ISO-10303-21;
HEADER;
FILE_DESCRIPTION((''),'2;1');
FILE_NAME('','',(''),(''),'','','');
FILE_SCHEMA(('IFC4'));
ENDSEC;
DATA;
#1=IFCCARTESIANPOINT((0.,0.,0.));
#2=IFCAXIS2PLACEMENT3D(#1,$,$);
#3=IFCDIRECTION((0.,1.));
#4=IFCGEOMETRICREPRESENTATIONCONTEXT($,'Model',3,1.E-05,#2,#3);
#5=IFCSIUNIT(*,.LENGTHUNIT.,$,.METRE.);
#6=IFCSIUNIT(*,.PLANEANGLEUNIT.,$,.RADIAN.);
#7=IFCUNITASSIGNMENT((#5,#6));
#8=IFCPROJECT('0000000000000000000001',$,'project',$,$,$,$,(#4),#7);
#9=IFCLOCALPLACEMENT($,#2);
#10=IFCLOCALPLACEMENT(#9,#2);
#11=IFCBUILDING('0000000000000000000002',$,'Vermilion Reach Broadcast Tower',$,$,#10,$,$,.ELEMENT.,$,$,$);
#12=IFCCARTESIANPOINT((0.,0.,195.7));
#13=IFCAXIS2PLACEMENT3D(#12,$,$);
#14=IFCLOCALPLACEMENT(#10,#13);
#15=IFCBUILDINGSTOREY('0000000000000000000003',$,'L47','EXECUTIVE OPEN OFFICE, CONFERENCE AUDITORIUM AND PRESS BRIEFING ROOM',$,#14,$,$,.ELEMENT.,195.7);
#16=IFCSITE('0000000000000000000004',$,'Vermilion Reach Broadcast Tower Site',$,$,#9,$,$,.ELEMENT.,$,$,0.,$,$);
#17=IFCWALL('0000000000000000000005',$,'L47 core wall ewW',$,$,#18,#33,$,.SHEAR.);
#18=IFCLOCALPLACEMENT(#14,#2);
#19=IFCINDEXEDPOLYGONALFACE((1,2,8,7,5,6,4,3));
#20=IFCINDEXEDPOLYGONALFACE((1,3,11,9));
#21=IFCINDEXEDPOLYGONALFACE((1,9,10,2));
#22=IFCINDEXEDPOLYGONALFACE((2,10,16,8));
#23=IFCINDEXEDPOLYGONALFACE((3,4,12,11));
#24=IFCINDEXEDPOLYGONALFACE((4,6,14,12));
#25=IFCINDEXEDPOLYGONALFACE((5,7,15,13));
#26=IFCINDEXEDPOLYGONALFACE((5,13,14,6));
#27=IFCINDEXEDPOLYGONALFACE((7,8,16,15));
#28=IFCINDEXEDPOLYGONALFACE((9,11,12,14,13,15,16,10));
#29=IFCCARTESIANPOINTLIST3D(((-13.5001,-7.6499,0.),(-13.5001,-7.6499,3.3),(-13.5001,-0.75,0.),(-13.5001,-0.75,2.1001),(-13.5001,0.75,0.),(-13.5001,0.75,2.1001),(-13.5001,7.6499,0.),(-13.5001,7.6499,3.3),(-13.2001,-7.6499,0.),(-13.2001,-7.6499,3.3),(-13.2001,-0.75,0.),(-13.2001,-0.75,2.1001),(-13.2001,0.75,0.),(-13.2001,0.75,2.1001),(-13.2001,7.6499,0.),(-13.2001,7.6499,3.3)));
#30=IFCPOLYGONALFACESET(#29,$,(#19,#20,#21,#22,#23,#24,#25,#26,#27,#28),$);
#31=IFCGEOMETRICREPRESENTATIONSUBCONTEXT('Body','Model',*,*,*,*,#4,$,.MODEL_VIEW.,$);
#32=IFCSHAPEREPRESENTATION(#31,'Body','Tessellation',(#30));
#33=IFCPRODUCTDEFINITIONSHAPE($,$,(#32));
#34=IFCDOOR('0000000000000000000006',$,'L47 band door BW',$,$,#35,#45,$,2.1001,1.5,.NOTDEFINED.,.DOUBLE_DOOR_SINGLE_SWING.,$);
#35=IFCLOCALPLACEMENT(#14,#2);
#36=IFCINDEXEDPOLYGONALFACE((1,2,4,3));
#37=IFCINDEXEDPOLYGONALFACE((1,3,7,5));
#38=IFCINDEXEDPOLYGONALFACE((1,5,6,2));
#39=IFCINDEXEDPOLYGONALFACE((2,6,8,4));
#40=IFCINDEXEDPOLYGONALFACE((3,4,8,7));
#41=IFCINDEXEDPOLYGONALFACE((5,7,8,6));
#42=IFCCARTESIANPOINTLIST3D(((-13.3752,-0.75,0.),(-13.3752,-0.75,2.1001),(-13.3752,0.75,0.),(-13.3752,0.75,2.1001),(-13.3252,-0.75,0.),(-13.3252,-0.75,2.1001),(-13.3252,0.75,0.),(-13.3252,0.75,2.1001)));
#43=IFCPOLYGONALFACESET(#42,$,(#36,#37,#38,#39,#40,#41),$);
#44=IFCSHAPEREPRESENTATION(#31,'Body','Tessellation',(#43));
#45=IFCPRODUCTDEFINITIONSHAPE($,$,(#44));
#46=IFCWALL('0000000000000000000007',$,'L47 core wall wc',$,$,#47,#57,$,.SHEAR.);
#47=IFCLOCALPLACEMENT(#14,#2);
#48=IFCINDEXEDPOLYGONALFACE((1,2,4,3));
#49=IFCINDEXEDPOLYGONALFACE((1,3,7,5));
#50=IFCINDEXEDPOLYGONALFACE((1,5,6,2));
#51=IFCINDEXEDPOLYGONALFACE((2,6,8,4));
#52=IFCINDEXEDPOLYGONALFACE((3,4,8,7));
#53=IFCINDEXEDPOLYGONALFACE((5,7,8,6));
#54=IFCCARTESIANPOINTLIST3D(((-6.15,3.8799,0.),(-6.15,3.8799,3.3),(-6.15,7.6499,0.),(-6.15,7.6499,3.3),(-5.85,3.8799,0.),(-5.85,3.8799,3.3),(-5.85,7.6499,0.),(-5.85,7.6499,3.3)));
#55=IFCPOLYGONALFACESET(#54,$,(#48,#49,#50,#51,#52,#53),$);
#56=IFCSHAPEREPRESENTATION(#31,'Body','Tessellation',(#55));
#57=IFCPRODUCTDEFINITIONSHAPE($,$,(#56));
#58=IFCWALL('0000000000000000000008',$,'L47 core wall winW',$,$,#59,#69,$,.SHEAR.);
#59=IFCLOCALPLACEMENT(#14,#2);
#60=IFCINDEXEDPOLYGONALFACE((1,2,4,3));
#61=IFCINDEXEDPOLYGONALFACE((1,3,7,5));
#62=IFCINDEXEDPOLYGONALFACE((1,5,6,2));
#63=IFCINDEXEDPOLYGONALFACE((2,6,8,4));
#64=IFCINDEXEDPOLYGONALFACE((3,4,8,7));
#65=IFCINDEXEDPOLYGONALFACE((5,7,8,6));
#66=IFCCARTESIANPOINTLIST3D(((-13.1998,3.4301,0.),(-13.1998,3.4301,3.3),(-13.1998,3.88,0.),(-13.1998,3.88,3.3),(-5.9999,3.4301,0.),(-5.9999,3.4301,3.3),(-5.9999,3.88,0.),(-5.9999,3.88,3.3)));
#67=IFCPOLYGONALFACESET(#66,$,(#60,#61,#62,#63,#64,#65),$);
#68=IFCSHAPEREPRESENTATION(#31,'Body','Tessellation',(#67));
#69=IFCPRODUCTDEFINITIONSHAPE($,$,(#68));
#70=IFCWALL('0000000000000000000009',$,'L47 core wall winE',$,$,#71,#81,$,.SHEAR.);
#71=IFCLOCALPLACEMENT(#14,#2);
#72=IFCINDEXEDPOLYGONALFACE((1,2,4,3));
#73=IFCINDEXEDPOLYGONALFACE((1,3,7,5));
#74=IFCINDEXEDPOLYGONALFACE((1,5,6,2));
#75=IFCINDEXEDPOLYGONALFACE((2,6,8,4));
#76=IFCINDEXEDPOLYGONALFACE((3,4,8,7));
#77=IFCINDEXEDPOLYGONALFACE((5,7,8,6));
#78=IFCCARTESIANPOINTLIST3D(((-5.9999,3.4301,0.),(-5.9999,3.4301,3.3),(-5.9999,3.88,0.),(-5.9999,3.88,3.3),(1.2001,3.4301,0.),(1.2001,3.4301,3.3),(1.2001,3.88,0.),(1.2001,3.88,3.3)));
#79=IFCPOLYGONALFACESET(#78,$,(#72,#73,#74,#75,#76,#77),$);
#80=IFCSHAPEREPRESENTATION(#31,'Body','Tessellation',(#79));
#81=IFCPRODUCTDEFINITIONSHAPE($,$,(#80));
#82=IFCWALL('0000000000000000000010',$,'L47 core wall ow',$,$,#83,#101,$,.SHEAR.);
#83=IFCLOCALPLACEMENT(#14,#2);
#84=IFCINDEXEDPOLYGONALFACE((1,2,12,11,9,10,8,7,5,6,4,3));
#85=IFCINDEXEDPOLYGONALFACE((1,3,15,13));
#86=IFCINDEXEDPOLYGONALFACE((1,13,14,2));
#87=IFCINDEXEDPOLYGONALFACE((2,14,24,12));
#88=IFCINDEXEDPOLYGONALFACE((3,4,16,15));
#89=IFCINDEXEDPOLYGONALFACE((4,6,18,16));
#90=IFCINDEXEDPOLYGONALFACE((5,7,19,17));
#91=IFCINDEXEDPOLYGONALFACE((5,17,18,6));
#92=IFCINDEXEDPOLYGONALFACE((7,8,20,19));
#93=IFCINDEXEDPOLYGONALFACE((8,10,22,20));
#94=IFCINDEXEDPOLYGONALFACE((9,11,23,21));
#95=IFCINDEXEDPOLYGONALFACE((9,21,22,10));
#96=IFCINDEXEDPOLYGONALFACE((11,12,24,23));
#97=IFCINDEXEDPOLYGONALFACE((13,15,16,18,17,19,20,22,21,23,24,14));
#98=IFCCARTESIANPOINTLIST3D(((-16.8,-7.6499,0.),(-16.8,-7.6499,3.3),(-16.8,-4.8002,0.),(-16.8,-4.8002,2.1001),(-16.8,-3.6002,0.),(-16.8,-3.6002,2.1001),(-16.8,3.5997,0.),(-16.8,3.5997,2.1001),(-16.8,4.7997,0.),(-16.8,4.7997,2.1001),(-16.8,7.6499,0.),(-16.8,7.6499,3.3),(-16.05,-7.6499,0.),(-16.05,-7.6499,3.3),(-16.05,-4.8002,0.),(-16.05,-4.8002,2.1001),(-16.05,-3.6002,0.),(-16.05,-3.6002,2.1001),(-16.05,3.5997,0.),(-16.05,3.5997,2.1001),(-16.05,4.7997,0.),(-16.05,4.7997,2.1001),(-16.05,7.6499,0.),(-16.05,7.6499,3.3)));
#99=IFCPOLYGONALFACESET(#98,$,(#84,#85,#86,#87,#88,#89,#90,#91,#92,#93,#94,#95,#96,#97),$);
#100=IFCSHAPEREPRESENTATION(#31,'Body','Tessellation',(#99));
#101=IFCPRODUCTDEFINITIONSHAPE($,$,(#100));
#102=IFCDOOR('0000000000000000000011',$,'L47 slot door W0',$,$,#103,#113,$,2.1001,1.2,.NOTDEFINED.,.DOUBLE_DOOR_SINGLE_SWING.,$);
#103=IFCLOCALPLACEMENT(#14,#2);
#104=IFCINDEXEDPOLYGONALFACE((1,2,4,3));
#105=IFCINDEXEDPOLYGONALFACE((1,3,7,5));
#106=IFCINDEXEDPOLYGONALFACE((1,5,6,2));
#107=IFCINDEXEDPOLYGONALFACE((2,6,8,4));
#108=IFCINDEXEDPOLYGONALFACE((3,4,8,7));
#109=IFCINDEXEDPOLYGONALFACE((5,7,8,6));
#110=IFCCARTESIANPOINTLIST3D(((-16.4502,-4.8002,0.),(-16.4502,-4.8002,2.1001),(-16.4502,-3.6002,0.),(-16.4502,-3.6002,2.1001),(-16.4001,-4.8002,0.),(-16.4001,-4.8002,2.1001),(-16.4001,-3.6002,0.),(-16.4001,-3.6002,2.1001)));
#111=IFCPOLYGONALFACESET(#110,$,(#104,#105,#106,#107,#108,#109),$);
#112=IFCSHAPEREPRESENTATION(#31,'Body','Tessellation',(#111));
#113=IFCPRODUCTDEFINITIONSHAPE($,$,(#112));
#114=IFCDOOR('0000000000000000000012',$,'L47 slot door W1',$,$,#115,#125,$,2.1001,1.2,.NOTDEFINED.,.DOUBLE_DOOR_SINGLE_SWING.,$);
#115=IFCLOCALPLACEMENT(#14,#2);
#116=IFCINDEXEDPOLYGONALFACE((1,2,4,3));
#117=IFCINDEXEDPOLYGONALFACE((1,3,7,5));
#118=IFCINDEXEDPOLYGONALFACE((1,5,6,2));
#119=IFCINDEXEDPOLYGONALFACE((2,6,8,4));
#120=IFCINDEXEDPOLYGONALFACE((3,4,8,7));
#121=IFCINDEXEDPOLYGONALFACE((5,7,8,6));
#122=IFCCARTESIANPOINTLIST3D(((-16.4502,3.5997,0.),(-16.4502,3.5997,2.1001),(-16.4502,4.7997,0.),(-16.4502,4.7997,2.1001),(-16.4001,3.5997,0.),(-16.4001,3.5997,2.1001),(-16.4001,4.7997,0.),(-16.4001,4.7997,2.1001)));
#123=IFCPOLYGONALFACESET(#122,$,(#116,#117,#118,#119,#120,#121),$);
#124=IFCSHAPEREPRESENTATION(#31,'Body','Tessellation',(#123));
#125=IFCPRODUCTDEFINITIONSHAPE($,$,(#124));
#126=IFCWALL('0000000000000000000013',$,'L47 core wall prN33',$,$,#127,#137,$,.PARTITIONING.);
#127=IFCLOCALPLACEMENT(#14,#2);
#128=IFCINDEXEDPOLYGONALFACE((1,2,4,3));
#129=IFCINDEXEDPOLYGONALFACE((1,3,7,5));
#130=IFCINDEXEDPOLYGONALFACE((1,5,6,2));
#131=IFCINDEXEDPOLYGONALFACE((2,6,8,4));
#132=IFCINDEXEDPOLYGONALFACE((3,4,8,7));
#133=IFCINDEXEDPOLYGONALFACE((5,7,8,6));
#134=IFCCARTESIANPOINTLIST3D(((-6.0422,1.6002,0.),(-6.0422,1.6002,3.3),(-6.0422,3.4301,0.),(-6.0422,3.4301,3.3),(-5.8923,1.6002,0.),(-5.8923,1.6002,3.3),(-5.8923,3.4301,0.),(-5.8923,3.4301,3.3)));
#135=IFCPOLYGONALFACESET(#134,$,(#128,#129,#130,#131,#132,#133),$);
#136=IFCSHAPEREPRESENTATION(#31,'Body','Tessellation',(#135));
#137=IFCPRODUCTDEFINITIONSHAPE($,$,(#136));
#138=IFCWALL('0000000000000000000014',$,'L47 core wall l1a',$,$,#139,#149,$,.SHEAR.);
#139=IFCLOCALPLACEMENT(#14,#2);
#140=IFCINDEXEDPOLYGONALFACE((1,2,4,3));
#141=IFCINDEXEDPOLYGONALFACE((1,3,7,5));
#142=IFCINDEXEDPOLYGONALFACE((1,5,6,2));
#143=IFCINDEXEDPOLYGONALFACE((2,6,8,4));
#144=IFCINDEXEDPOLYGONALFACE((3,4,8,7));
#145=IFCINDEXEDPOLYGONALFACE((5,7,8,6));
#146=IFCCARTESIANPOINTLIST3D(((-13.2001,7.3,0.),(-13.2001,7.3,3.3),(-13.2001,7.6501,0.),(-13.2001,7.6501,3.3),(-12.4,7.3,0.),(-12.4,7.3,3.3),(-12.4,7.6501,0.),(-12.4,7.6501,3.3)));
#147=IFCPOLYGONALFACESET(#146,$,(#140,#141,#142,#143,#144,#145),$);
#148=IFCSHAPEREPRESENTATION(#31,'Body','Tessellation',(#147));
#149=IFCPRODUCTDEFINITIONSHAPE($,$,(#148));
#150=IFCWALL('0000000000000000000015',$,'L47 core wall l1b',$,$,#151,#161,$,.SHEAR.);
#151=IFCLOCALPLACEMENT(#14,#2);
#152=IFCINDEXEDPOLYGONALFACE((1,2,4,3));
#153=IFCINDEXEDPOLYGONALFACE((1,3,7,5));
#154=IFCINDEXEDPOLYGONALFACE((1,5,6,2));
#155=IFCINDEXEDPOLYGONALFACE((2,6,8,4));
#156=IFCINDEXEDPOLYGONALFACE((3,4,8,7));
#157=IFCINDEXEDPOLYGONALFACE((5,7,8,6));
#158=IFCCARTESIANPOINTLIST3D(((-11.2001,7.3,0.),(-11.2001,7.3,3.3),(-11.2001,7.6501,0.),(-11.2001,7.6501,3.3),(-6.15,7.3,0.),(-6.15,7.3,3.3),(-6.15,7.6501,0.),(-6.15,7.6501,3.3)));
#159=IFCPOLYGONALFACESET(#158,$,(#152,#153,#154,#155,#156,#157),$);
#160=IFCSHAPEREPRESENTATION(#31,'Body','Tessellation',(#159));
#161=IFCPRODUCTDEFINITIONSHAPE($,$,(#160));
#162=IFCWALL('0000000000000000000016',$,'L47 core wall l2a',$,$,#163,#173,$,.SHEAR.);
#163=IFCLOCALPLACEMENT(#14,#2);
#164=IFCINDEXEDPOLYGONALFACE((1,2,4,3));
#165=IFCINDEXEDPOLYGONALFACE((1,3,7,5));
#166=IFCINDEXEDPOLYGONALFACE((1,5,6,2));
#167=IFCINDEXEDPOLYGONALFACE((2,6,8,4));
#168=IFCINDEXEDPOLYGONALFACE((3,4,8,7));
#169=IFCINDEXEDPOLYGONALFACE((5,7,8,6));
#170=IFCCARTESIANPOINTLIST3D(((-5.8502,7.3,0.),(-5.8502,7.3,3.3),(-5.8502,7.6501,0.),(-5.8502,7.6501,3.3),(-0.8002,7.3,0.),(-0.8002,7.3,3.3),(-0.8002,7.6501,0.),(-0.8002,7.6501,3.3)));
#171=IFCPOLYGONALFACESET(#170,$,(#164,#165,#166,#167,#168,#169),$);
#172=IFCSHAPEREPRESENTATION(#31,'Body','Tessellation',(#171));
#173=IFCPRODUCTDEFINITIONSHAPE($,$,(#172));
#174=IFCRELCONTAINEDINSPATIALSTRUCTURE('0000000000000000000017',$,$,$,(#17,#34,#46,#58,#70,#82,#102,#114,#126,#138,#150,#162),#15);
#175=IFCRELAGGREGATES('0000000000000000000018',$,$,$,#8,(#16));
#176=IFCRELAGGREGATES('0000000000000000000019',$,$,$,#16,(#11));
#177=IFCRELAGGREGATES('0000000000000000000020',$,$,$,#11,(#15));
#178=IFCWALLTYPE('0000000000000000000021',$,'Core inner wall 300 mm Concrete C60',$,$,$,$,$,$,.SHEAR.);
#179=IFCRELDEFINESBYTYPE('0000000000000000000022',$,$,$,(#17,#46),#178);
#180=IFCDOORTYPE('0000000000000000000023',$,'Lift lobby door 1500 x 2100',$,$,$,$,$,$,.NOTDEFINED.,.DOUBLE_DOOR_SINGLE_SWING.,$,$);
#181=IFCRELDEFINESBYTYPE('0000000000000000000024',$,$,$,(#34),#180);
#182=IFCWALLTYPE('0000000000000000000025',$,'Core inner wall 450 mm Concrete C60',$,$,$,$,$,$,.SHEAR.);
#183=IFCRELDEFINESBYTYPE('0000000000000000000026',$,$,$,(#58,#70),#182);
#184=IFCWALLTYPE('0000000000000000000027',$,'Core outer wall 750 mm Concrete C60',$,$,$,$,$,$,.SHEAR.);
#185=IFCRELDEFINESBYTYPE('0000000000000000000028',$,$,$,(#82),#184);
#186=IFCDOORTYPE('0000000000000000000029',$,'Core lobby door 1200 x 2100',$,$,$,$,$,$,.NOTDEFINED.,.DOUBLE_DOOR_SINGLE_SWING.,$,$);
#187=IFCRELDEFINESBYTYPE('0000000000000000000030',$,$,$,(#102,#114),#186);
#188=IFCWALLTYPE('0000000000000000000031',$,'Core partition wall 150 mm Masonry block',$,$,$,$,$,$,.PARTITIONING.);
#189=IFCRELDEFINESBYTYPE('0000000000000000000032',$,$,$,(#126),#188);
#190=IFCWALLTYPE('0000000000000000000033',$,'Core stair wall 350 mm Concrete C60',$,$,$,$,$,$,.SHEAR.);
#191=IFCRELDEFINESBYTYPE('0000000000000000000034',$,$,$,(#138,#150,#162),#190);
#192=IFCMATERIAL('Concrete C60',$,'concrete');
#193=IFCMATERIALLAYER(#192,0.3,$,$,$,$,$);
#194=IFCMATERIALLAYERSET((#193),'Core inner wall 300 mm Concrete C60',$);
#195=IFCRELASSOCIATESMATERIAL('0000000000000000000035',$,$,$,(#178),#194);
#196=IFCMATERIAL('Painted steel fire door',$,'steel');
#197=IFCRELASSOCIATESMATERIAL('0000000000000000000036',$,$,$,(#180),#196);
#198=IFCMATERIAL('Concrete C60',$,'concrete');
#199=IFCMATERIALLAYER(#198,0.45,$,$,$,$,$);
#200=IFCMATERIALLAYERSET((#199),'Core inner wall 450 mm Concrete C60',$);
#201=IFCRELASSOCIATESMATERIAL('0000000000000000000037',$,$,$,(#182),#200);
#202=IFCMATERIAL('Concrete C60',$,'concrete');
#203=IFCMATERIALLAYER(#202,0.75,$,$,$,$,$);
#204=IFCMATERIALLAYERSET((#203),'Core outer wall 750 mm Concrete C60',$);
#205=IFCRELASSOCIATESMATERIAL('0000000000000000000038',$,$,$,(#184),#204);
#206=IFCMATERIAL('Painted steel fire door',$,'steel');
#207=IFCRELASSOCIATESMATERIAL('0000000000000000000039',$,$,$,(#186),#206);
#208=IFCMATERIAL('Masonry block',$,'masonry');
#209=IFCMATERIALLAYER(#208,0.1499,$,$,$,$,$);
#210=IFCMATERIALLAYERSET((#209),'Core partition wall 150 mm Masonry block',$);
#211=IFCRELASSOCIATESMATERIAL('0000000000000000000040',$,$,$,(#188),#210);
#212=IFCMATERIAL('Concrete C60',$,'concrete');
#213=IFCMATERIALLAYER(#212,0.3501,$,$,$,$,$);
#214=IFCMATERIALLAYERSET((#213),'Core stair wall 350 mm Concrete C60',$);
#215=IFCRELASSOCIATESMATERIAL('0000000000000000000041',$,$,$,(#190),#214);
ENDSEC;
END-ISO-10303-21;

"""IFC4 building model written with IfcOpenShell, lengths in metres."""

from ifc_helpers import new_model, si_unit, direction, frame, frame_2d, origin, place, context, subcontext, project, spatial, rectangle, extrude, material, layer, layer_set, type_object, element, fill, save


model = new_model("IFC4")

# Units and contexts
model_context = context("Model", 3, precision=1e-05, world=origin(), true_north=direction((0.0, 1.0)))
body_context = subcontext(model_context, "Body", "Model", "MODEL_VIEW")
ifc_project = project(units=[si_unit("LENGTHUNIT", "METRE"), si_unit("PLANEANGLEUNIT", "RADIAN")], contexts=[model_context])

# Site, building, storey
site_placement = place(None, origin())
site = spatial("IfcSite", under=ifc_project, at=site_placement, Name="Vermilion Reach Broadcast Tower Site", CompositionType="ELEMENT", RefElevation=0.0)
building_placement = place(site_placement, origin())
building = spatial("IfcBuilding", under=site, at=building_placement, Name="Vermilion Reach Broadcast Tower", CompositionType="ELEMENT")
storey_placement = place(building_placement, frame((0.0, 0.0, 195.7)))
storey = spatial("IfcBuildingStorey", under=building, at=storey_placement, Name="L47", Description="EXECUTIVE OPEN OFFICE, CONFERENCE AUDITORIUM AND PRESS BRIEFING ROOM", CompositionType="ELEMENT", Elevation=195.7)

# Wall, opening, door
ifc_material_1 = material(Name="Concrete C60", Category="concrete")
ifc_layer_1 = layer(ifc_material_1, 0.3)
ifc_layer_set_1 = layer_set([ifc_layer_1], Name="Core inner wall 300 mm Concrete C60")
wall_type_1 = type_object("IfcWallType", Name="Core inner wall 300 mm Concrete C60", PredefinedType="SHEAR", material=ifc_layer_set_1)
wall_1_placement = place(storey_placement, frame((-13.3501, 7.6499, 0.0), z_axis=(0.0, 0.0, 1.0), x_axis=(0.0, -1.0, 0.0)))
wall_1 = element("IfcWall", 1, at=wall_1_placement, inside=storey, type_object=wall_type_1, Name="L47 core wall ewW", PredefinedType="SHEAR", context=body_context, shape_type="SweptSolid", body=[
    extrude(rectangle(XDim=15.2998, YDim=0.3, at=frame_2d((7.6499, 0.0))), origin(), (0.0, 0.0, 1.0), 3.3),
])
opening_1_placement = place(wall_1_placement, frame((6.8999, 0.0, 0.0)))
opening_1 = element("IfcOpeningElement", 2, at=opening_1_placement, cuts=wall_1, PredefinedType="OPENING", context=body_context, shape_type="SweptSolid", body=[
    extrude(rectangle(XDim=1.5, YDim=2.1001, at=frame_2d((0.75, 1.05))), frame((0.0, 0.1599, 0.0), z_axis=(0.0, -1.0, 0.0), x_axis=(1.0, 0.0, 0.0)), (0.0, 0.0, 1.0), 0.3201),
])
ifc_material_2 = material(Name="Painted steel fire door", Category="steel")
door_type_1 = type_object("IfcDoorType", Name="Lift lobby door 1500 x 2100", OperationType="DOUBLE_DOOR_SINGLE_SWING", PredefinedType="NOTDEFINED", material=ifc_material_2)
door_1_placement = place(opening_1_placement, origin())
door_1 = element("IfcDoor", 3, at=door_1_placement, inside=storey, type_object=door_type_1, Name="L47 band door BW", OperationType="DOUBLE_DOOR_SINGLE_SWING", OverallHeight=2.1001, OverallWidth=1.5, PredefinedType="NOTDEFINED", context=body_context, shape_type="SweptSolid", body=[
    extrude(rectangle(XDim=1.5, YDim=2.1001, at=frame_2d((0.75, 1.05))), frame((0.0, 0.0249, 0.0), z_axis=(0.0, -1.0, 0.0), x_axis=(1.0, 0.0, 0.0)), (0.0, 0.0, 1.0), 0.05),
])
fill(opening_1, door_1)

# Walls
wall_2_placement = place(storey_placement, frame((-6.0, 3.8799, 0.0), z_axis=(0.0, 0.0, 1.0), x_axis=(0.0, 1.0, 0.0)))
element("IfcWall", 4, at=wall_2_placement, inside=storey, type_object=wall_type_1, Name="L47 core wall wc", PredefinedType="SHEAR", context=body_context, shape_type="SweptSolid", body=[
    extrude(rectangle(XDim=3.77, YDim=0.3, at=frame_2d((1.885, 0.0))), origin(), (0.0, 0.0, 1.0), 3.3),
])
ifc_material_3 = material(Name="Concrete C60", Category="concrete")
ifc_layer_2 = layer(ifc_material_3, 0.45)
ifc_layer_set_2 = layer_set([ifc_layer_2], Name="Core inner wall 450 mm Concrete C60")
wall_type_2 = type_object("IfcWallType", Name="Core inner wall 450 mm Concrete C60", PredefinedType="SHEAR", material=ifc_layer_set_2)
for number, where, z_axis, x_axis, name in (
    (5, (-13.2, 3.655, 0.0), (0.0, 0.0, 1.0), (1.0, 0.0, 0.0), "L47 core wall winW"),
    (6, (-6.0, 3.655, 0.0), (0.0, 0.0, 1.0), (1.0, 0.0, 0.0), "L47 core wall winE"),
):
    element("IfcWall", number, at=place(storey_placement, frame(where, z_axis=z_axis, x_axis=x_axis)), inside=storey, type_object=wall_type_2, Name=name, PredefinedType="SHEAR", context=body_context, shape_type="SweptSolid", body=[
        extrude(rectangle(XDim=7.2, YDim=0.45, at=frame_2d((3.6001, 0.0))), origin(), (0.0, 0.0, 1.0), 3.3),
    ])

# Wall, openings, doors
ifc_material_4 = material(Name="Concrete C60", Category="concrete")
ifc_layer_3 = layer(ifc_material_4, 0.75)
ifc_layer_set_3 = layer_set([ifc_layer_3], Name="Core outer wall 750 mm Concrete C60")
wall_type_3 = type_object("IfcWallType", Name="Core outer wall 750 mm Concrete C60", PredefinedType="SHEAR", material=ifc_layer_set_3)
wall_3_placement = place(storey_placement, frame((-16.425, 7.6499, 0.0), z_axis=(0.0, 0.0, 1.0), x_axis=(0.0, -1.0, 0.0)))
wall_3 = element("IfcWall", 7, at=wall_3_placement, inside=storey, type_object=wall_type_3, Name="L47 core wall ow", PredefinedType="SHEAR", context=body_context, shape_type="SweptSolid", body=[
    extrude(rectangle(XDim=15.2998, YDim=0.75, at=frame_2d((7.6499, 0.0))), origin(), (0.0, 0.0, 1.0), 3.3),
])
opening_2_placement = place(wall_3_placement, frame((11.25, 0.0, 0.0)))
opening_2 = element("IfcOpeningElement", 8, at=opening_2_placement, cuts=wall_3, PredefinedType="OPENING", context=body_context, shape_type="SweptSolid", body=[
    extrude(rectangle(XDim=1.2, YDim=2.1001, at=frame_2d((0.6001, 1.05))), frame((0.0, 0.385, 0.0), z_axis=(0.0, -1.0, 0.0), x_axis=(1.0, 0.0, 0.0)), (0.0, 0.0, 1.0), 0.77),
])
opening_3_placement = place(wall_3_placement, frame((2.8501, 0.0, 0.0)))
opening_3 = element("IfcOpeningElement", 9, at=opening_3_placement, cuts=wall_3, PredefinedType="OPENING", context=body_context, shape_type="SweptSolid", body=[
    extrude(rectangle(XDim=1.2, YDim=2.1001, at=frame_2d((0.6001, 1.05))), frame((0.0, 0.385, 0.0), z_axis=(0.0, -1.0, 0.0), x_axis=(1.0, 0.0, 0.0)), (0.0, 0.0, 1.0), 0.77),
])
ifc_material_5 = material(Name="Painted steel fire door", Category="steel")
door_type_2 = type_object("IfcDoorType", Name="Core lobby door 1200 x 2100", OperationType="DOUBLE_DOOR_SINGLE_SWING", PredefinedType="NOTDEFINED", material=ifc_material_5)
door_2_placement = place(opening_2_placement, origin())
door_2 = element("IfcDoor", 10, at=door_2_placement, inside=storey, type_object=door_type_2, Name="L47 slot door W0", OperationType="DOUBLE_DOOR_SINGLE_SWING", OverallHeight=2.1001, OverallWidth=1.2, PredefinedType="NOTDEFINED", context=body_context, shape_type="SweptSolid", body=[
    extrude(rectangle(XDim=1.2, YDim=2.1001, at=frame_2d((0.6001, 1.05))), frame((0.0, 0.0249, 0.0), z_axis=(0.0, -1.0, 0.0), x_axis=(1.0, 0.0, 0.0)), (0.0, 0.0, 1.0), 0.05),
])
fill(opening_2, door_2)
door_3_placement = place(opening_3_placement, origin())
door_3 = element("IfcDoor", 11, at=door_3_placement, inside=storey, type_object=door_type_2, Name="L47 slot door W1", OperationType="DOUBLE_DOOR_SINGLE_SWING", OverallHeight=2.1001, OverallWidth=1.2, PredefinedType="NOTDEFINED", context=body_context, shape_type="SweptSolid", body=[
    extrude(rectangle(XDim=1.2, YDim=2.1001, at=frame_2d((0.6001, 1.05))), frame((0.0, 0.0249, 0.0), z_axis=(0.0, -1.0, 0.0), x_axis=(1.0, 0.0, 0.0)), (0.0, 0.0, 1.0), 0.05),
])
fill(opening_3, door_3)

# Walls
ifc_material_6 = material(Name="Masonry block", Category="masonry")
ifc_layer_4 = layer(ifc_material_6, 0.1499)
ifc_layer_set_4 = layer_set([ifc_layer_4], Name="Core partition wall 150 mm Masonry block")
wall_type_4 = type_object("IfcWallType", Name="Core partition wall 150 mm Masonry block", PredefinedType="PARTITIONING", material=ifc_layer_set_4)
wall_4_placement = place(storey_placement, frame((-5.9673, 1.6001, 0.0), z_axis=(0.0, 0.0, 1.0), x_axis=(0.0, 1.0, 0.0)))
element("IfcWall", 12, at=wall_4_placement, inside=storey, type_object=wall_type_4, Name="L47 core wall prN33", PredefinedType="PARTITIONING", context=body_context, shape_type="SweptSolid", body=[
    extrude(rectangle(XDim=1.8298, YDim=0.1499, at=frame_2d((0.915, 0.0))), origin(), (0.0, 0.0, 1.0), 3.3),
])
ifc_material_7 = material(Name="Concrete C60", Category="concrete")
ifc_layer_5 = layer(ifc_material_7, 0.3501)
ifc_layer_set_5 = layer_set([ifc_layer_5], Name="Core stair wall 350 mm Concrete C60")
wall_type_5 = type_object("IfcWallType", Name="Core stair wall 350 mm Concrete C60", PredefinedType="SHEAR", material=ifc_layer_set_5)
wall_5_placement = place(storey_placement, frame((-13.2, 7.4751, 0.0), z_axis=(0.0, 0.0, 1.0), x_axis=(1.0, 0.0, 0.0)))
element("IfcWall", 13, at=wall_5_placement, inside=storey, type_object=wall_type_5, Name="L47 core wall l1a", PredefinedType="SHEAR", context=body_context, shape_type="SweptSolid", body=[
    extrude(rectangle(XDim=0.8, YDim=0.3501, at=frame_2d((0.3999, 0.0))), origin(), (0.0, 0.0, 1.0), 3.3),
])
for number, where, z_axis, x_axis, name in (
    (14, (-11.2, 7.4751, 0.0), (0.0, 0.0, 1.0), (1.0, 0.0, 0.0), "L47 core wall l1b"),
    (15, (-5.8501, 7.4751, 0.0), (0.0, 0.0, 1.0), (1.0, 0.0, 0.0), "L47 core wall l2a"),
):
    element("IfcWall", number, at=place(storey_placement, frame(where, z_axis=z_axis, x_axis=x_axis)), inside=storey, type_object=wall_type_5, Name=name, PredefinedType="SHEAR", context=body_context, shape_type="SweptSolid", body=[
        extrude(rectangle(XDim=5.05, YDim=0.3501, at=frame_2d((2.5249, 0.0))), origin(), (0.0, 0.0, 1.0), 3.3),
    ])

save(model, "model.ifc")
